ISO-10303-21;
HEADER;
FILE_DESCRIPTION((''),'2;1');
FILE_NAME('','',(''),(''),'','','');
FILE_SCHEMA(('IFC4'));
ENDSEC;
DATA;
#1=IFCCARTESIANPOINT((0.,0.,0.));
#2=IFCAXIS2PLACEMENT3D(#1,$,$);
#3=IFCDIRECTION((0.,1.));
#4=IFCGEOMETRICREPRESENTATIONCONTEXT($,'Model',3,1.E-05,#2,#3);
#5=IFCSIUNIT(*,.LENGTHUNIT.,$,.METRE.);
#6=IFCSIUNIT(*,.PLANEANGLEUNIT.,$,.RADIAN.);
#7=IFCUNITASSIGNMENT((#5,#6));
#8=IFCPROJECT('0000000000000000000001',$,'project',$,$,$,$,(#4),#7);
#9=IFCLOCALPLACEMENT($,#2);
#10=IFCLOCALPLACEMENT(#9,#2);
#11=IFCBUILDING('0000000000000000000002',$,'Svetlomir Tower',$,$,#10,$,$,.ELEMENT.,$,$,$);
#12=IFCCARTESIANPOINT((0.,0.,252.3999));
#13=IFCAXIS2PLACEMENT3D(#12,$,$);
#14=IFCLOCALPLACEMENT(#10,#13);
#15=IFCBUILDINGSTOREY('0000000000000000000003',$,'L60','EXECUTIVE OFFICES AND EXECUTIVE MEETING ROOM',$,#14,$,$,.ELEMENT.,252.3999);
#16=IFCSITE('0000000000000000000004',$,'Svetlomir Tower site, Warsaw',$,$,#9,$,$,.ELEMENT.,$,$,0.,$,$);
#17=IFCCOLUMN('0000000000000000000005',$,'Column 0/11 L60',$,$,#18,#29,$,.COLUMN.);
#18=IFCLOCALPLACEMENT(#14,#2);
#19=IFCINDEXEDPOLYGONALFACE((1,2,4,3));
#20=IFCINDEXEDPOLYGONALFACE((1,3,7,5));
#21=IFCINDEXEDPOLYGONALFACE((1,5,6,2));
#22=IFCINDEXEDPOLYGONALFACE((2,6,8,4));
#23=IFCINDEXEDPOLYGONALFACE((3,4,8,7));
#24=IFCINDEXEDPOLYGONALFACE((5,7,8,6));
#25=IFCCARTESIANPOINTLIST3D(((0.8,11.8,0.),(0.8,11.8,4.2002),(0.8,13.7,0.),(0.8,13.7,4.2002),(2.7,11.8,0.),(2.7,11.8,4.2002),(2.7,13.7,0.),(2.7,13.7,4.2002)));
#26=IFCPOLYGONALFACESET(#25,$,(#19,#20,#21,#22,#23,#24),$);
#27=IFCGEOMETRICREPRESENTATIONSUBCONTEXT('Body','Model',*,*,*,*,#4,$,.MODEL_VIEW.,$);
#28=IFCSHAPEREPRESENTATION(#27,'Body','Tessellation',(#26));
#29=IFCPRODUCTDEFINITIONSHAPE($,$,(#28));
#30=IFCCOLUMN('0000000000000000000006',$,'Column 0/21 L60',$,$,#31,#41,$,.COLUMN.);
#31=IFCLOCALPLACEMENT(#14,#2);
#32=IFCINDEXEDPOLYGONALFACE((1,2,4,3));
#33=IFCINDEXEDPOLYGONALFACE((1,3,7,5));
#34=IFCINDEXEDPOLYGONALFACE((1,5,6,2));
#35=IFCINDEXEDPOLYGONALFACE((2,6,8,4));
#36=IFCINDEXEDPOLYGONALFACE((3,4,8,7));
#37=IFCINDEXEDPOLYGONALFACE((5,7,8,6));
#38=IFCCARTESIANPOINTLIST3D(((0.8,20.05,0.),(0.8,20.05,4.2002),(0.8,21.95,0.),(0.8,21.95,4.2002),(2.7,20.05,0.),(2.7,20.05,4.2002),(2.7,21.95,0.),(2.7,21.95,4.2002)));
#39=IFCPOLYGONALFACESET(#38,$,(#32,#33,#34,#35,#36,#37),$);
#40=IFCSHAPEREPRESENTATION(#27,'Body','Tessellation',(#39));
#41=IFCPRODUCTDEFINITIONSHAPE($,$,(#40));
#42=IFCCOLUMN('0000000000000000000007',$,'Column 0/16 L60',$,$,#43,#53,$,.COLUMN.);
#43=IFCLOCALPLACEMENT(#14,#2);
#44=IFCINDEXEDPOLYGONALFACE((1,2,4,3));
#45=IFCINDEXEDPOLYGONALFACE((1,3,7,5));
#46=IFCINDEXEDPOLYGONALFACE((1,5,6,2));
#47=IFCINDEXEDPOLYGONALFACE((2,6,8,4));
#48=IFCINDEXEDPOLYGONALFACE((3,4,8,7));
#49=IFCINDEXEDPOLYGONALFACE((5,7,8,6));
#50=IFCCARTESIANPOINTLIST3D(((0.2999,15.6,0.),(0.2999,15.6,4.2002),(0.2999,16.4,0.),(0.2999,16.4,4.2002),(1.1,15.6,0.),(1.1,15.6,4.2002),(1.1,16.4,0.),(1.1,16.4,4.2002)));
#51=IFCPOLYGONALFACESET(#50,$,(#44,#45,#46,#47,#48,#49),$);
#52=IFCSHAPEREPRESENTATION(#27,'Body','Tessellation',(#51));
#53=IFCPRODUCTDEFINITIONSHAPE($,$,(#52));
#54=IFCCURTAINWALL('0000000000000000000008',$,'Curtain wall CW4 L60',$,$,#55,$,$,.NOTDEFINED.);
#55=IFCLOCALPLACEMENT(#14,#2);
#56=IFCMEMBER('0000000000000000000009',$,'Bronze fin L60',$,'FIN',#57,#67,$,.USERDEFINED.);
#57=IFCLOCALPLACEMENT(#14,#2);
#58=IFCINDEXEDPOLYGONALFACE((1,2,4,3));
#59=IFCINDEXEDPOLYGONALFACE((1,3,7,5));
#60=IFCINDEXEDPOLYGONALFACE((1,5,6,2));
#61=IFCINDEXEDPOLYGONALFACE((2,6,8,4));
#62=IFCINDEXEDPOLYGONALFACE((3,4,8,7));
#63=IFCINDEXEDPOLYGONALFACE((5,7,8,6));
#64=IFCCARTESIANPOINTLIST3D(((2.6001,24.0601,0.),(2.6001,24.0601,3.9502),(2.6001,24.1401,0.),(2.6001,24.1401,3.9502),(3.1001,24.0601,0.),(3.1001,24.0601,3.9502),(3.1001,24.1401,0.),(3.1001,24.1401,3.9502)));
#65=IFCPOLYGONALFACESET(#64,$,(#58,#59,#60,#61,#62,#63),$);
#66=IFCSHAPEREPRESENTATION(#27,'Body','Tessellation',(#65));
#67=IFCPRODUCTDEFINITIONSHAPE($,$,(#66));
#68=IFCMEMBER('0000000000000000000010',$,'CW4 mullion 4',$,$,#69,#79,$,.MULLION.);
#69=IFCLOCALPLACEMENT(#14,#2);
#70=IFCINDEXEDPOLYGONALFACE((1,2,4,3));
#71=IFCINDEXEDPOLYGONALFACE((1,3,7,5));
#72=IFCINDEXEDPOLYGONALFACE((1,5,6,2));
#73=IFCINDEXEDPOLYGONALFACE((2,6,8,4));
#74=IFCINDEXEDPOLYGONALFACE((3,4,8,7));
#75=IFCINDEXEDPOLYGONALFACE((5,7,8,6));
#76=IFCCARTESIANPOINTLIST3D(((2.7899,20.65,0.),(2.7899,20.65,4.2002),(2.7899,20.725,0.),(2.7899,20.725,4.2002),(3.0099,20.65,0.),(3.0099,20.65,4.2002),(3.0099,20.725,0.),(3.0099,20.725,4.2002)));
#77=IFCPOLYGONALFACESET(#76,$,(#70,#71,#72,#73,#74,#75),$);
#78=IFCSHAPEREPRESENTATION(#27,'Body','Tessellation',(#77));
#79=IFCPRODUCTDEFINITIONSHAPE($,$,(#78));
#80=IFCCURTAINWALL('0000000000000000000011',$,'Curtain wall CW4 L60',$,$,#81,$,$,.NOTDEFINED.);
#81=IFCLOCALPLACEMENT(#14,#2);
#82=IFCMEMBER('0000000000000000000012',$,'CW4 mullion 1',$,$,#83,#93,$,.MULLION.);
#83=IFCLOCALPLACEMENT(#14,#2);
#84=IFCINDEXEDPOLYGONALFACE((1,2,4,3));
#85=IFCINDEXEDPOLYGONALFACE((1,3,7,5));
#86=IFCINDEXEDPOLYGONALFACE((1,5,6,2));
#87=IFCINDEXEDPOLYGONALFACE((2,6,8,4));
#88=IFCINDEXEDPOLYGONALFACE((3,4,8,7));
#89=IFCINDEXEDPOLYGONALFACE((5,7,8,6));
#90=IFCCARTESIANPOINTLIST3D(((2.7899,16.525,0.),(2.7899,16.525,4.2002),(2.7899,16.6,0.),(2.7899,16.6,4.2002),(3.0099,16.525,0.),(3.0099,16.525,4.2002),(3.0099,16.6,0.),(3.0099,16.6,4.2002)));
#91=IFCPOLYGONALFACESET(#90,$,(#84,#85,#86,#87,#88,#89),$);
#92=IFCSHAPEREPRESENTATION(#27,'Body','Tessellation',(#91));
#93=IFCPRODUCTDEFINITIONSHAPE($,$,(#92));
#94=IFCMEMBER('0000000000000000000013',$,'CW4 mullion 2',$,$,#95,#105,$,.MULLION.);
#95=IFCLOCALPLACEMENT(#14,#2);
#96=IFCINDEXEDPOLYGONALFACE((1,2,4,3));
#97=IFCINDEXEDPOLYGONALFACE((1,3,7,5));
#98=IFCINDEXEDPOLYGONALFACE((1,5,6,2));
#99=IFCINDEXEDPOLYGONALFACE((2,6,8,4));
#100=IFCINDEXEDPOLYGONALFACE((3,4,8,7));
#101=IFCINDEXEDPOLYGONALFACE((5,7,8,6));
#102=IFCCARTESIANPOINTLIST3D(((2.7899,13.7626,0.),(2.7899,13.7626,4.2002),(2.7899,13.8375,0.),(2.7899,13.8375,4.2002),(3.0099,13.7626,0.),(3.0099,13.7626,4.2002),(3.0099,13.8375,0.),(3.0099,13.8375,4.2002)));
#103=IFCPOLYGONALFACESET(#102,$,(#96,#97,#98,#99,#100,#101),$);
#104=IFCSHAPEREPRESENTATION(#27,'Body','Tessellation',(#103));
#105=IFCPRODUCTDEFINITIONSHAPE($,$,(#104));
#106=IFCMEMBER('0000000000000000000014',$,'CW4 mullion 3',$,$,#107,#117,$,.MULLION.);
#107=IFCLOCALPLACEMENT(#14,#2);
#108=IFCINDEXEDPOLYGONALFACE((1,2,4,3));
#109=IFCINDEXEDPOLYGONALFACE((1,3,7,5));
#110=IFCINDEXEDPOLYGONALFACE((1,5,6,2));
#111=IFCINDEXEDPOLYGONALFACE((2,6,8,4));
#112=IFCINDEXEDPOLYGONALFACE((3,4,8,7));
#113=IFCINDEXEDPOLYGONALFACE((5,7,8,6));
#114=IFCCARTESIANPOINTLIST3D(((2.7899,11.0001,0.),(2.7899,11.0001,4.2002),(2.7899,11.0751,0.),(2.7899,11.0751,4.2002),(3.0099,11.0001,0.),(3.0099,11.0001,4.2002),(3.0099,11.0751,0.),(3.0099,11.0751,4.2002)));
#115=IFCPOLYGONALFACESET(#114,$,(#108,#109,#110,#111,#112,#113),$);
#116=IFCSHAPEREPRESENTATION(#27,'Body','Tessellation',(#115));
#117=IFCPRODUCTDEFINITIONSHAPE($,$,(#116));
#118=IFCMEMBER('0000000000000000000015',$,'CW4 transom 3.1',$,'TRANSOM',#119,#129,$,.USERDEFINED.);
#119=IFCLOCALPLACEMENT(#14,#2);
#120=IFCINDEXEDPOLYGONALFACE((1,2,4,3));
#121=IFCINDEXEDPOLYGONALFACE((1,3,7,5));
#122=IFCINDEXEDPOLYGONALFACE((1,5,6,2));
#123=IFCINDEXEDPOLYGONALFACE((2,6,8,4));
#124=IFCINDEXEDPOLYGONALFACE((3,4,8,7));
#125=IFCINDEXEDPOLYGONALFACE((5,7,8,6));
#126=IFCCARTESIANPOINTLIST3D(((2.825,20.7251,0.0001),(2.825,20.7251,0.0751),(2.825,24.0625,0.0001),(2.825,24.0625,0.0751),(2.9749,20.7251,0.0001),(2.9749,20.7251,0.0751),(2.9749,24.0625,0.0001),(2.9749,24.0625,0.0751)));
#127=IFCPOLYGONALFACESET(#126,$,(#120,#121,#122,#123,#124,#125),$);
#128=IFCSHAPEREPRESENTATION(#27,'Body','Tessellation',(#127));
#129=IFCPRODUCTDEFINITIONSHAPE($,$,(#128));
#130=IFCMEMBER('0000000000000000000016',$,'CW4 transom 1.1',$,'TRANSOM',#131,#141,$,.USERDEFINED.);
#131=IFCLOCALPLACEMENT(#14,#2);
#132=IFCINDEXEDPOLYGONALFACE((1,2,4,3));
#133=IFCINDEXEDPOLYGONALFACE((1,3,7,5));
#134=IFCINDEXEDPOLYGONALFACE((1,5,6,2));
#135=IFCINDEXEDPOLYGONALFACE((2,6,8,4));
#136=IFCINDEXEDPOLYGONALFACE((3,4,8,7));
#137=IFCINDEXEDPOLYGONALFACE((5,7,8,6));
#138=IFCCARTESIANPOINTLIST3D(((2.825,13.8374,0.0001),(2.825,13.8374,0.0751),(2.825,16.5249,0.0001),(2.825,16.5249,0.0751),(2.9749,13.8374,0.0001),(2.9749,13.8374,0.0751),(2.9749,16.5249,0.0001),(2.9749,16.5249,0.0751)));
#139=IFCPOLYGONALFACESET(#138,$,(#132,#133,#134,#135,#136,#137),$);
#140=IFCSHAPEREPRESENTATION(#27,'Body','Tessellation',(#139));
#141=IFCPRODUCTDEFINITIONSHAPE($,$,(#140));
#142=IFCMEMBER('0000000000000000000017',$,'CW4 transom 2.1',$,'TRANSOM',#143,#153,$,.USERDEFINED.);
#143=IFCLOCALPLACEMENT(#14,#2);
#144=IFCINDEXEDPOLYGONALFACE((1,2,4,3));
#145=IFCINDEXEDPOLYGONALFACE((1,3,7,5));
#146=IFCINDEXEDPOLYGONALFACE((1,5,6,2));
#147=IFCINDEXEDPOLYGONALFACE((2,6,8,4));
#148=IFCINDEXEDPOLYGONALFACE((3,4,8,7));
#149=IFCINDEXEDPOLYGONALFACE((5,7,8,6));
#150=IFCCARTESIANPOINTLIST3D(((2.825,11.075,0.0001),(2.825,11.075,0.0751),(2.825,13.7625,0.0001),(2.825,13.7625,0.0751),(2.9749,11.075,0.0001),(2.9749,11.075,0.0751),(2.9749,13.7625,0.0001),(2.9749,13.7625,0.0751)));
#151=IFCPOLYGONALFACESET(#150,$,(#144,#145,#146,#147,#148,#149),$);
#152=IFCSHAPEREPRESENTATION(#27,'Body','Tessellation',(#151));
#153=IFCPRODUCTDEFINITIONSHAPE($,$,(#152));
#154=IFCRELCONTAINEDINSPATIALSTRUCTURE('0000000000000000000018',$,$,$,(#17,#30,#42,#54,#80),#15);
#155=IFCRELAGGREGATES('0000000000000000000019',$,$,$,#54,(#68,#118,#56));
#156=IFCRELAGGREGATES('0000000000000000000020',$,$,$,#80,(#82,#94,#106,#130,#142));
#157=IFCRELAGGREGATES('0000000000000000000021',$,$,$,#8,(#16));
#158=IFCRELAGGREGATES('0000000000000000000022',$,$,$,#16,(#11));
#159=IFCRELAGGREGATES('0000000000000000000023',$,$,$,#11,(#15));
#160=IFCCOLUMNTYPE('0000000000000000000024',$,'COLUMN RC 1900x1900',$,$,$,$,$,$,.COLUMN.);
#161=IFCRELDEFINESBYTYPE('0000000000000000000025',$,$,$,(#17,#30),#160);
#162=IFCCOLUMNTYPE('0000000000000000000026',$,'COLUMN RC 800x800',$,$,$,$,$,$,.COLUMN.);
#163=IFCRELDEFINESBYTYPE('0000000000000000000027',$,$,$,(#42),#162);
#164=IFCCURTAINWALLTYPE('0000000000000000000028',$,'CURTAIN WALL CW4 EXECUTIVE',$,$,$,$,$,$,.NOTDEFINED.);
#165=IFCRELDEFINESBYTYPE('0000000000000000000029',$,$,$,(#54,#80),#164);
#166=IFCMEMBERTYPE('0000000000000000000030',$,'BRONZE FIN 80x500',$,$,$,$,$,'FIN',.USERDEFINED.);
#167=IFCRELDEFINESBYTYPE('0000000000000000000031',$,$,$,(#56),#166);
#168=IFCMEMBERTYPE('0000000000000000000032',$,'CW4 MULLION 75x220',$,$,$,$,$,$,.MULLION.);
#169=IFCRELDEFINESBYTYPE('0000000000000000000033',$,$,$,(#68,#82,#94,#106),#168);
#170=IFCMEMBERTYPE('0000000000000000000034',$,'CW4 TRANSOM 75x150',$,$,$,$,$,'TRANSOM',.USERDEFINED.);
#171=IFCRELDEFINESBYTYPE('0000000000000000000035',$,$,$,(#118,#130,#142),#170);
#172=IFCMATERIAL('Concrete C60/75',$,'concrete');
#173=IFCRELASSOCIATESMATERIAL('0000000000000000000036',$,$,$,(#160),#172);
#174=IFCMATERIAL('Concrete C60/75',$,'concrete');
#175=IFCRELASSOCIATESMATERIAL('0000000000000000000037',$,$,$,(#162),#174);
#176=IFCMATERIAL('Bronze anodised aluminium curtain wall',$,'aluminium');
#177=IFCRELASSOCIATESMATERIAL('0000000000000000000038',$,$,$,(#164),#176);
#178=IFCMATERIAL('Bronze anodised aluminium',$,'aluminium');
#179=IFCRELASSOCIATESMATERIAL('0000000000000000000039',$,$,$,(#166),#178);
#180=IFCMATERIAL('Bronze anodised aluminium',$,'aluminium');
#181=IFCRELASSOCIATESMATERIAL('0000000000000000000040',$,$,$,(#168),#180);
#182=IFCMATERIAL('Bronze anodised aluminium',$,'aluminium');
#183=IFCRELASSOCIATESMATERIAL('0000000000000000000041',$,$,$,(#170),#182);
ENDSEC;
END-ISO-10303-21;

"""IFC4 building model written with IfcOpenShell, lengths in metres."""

from ifc_helpers import new_model, si_unit, direction, frame, origin, origin_2d, place, context, subcontext, project, spatial, rectangle, extrude, material, material_profile, profile_set, type_object, element, aggregate, save


model = new_model("IFC4")

# Units and contexts
model_context = context("Model", 3, precision=1e-05, world=origin(), true_north=direction((0.0, 1.0)))
body_context = subcontext(model_context, "Body", "Model", "MODEL_VIEW")
ifc_project = project(units=[si_unit("LENGTHUNIT", "METRE"), si_unit("PLANEANGLEUNIT", "RADIAN")], contexts=[model_context])

# Site, building, storey
site_placement = place(None, origin())
site = spatial("IfcSite", under=ifc_project, at=site_placement, Name="Svetlomir Tower site, Warsaw", CompositionType="ELEMENT", RefElevation=0.0)
building_placement = place(site_placement, origin())
building = spatial("IfcBuilding", under=site, at=building_placement, Name="Svetlomir Tower", CompositionType="ELEMENT")
storey_placement = place(building_placement, frame((0.0, 0.0, 252.3999)))
storey = spatial("IfcBuildingStorey", under=building, at=storey_placement, Name="L60", Description="EXECUTIVE OFFICES AND EXECUTIVE MEETING ROOM", CompositionType="ELEMENT", Elevation=252.3999)

# Columns
ifc_material_1 = material(Name="Concrete C60/75", Category="concrete")
ifc_material_profile_1 = material_profile(ifc_material_1, rectangle(XDim=1.8999, YDim=1.8999, at=origin_2d()), Name="RC 1900x1900")
ifc_profile_set_1 = profile_set([ifc_material_profile_1], Name="Concrete C60/75")
column_type_1 = type_object("IfcColumnType", Name="COLUMN RC 1900x1900", PredefinedType="COLUMN", material=ifc_profile_set_1)
for number, where, z_axis, x_axis, name in (
    (1, (1.75, 12.75, 0.0), (0.0, 0.0, 1.0), (1.0, 0.0, 0.0), "Column 0/11 L60"),
    (2, (1.75, 21.0, 0.0), (0.0, 0.0, 1.0), (1.0, 0.0, 0.0), "Column 0/21 L60"),
):
    element("IfcColumn", number, at=place(storey_placement, frame(where, z_axis=z_axis, x_axis=x_axis)), inside=storey, type_object=column_type_1, Name=name, PredefinedType="COLUMN", context=body_context, shape_type="SweptSolid", body=[
        extrude(rectangle(XDim=1.8999, YDim=1.8999, at=origin_2d()), origin(), (0.0, 0.0, 1.0), 4.2002),
    ])
ifc_material_2 = material(Name="Concrete C60/75", Category="concrete")
ifc_material_profile_2 = material_profile(ifc_material_2, rectangle(XDim=0.8, YDim=0.8, at=origin_2d()), Name="RC 800x800")
ifc_profile_set_2 = profile_set([ifc_material_profile_2], Name="Concrete C60/75")
column_type_2 = type_object("IfcColumnType", Name="COLUMN RC 800x800", PredefinedType="COLUMN", material=ifc_profile_set_2)
column_placement = place(storey_placement, frame((0.7, 16.0, 0.0), z_axis=(0.0, 0.0, 1.0), x_axis=(1.0, 0.0, 0.0)))
element("IfcColumn", 3, at=column_placement, inside=storey, type_object=column_type_2, Name="Column 0/16 L60", PredefinedType="COLUMN", context=body_context, shape_type="SweptSolid", body=[
    extrude(rectangle(XDim=0.8, YDim=0.8, at=origin_2d()), origin(), (0.0, 0.0, 1.0), 4.2002),
])

# Curtain walls, members
ifc_material_3 = material(Name="Bronze anodised aluminium curtain wall", Category="aluminium")
curtain_wall_type = type_object("IfcCurtainWallType", Name="CURTAIN WALL CW4 EXECUTIVE", PredefinedType="NOTDEFINED", material=ifc_material_3)
curtain_wall_1_placement = place(storey_placement, origin())
curtain_wall_1 = element("IfcCurtainWall", 4, at=curtain_wall_1_placement, inside=storey, type_object=curtain_wall_type, Name="Curtain wall CW4 L60", PredefinedType="NOTDEFINED")
ifc_material_4 = material(Name="Bronze anodised aluminium", Category="aluminium")
ifc_material_profile_3 = material_profile(ifc_material_4, rectangle(XDim=0.0801, YDim=0.5, at=origin_2d()), Name="FIN 80x500")
ifc_profile_set_3 = profile_set([ifc_material_profile_3], Name="Bronze anodised aluminium 6063-T6")
member_type_1 = type_object("IfcMemberType", Name="BRONZE FIN 80x500", ElementType="FIN", PredefinedType="USERDEFINED", material=ifc_profile_set_3)
member_1_placement = place(storey_placement, frame((2.8501, 24.1001, 0.0), z_axis=(0.0, 0.0, 1.0), x_axis=(0.0, 1.0, 0.0)))
member_1 = element("IfcMember", 5, at=member_1_placement, type_object=member_type_1, Name="Bronze fin L60", ObjectType="FIN", PredefinedType="USERDEFINED", context=body_context, shape_type="SweptSolid", body=[
    extrude(rectangle(XDim=0.0801, YDim=0.5, at=origin_2d()), origin(), (0.0, 0.0, 1.0), 3.9502),
])
ifc_material_5 = material(Name="Bronze anodised aluminium", Category="aluminium")
ifc_material_profile_4 = material_profile(ifc_material_5, rectangle(XDim=0.075, YDim=0.22, at=origin_2d()), Name="AL 75x220")
ifc_profile_set_4 = profile_set([ifc_material_profile_4], Name="Bronze anodised aluminium 6063-T6")
member_type_2 = type_object("IfcMemberType", Name="CW4 MULLION 75x220", PredefinedType="MULLION", material=ifc_profile_set_4)
member_2_placement = place(storey_placement, frame((2.8999, 20.6875, 0.0), z_axis=(0.0, 0.0, 1.0), x_axis=(0.0, -1.0, 0.0)))
member_2 = element("IfcMember", 6, at=member_2_placement, type_object=member_type_2, Name="CW4 mullion 4", PredefinedType="MULLION", context=body_context, shape_type="SweptSolid", body=[
    extrude(rectangle(XDim=0.075, YDim=0.22, at=origin_2d()), origin(), (0.0, 0.0, 1.0), 4.2002),
])
curtain_wall_2_placement = place(storey_placement, origin())
curtain_wall_2 = element("IfcCurtainWall", 7, at=curtain_wall_2_placement, inside=storey, type_object=curtain_wall_type, Name="Curtain wall CW4 L60", PredefinedType="NOTDEFINED")
member_3_placement = place(storey_placement, frame((2.8999, 16.5625, 0.0), z_axis=(0.0, 0.0, 1.0), x_axis=(0.0, -1.0, 0.0)))
member_3 = element("IfcMember", 8, at=member_3_placement, type_object=member_type_2, Name="CW4 mullion 1", PredefinedType="MULLION", context=body_context, shape_type="SweptSolid", body=[
    extrude(rectangle(XDim=0.075, YDim=0.22, at=origin_2d()), origin(), (0.0, 0.0, 1.0), 4.2002),
])
member_4_placement = place(storey_placement, frame((2.8999, 13.8, 0.0), z_axis=(0.0, 0.0, 1.0), x_axis=(0.0, -1.0, 0.0)))
member_4 = element("IfcMember", 9, at=member_4_placement, type_object=member_type_2, Name="CW4 mullion 2", PredefinedType="MULLION", context=body_context, shape_type="SweptSolid", body=[
    extrude(rectangle(XDim=0.075, YDim=0.22, at=origin_2d()), origin(), (0.0, 0.0, 1.0), 4.2002),
])
member_5_placement = place(storey_placement, frame((2.8999, 11.0376, 0.0), z_axis=(0.0, 0.0, 1.0), x_axis=(0.0, -1.0, 0.0)))
member_5 = element("IfcMember", 10, at=member_5_placement, type_object=member_type_2, Name="CW4 mullion 3", PredefinedType="MULLION", context=body_context, shape_type="SweptSolid", body=[
    extrude(rectangle(XDim=0.075, YDim=0.22, at=origin_2d()), origin(), (0.0, 0.0, 1.0), 4.2002),
])

# Members
ifc_material_6 = material(Name="Bronze anodised aluminium", Category="aluminium")
ifc_material_profile_5 = material_profile(ifc_material_6, rectangle(XDim=0.1499, YDim=0.075, at=origin_2d()), Name="AL 150x75")
ifc_profile_set_5 = profile_set([ifc_material_profile_5], Name="Bronze anodised aluminium 6063-T6")
member_type_3 = type_object("IfcMemberType", Name="CW4 TRANSOM 75x150", ElementType="TRANSOM", PredefinedType="USERDEFINED", material=ifc_profile_set_5)
member_6_placement = place(storey_placement, frame((2.8999, 24.0625, 0.0376), z_axis=(0.0, -1.0, 0.0), x_axis=(1.0, 0.0, 0.0)))
member_6 = element("IfcMember", 11, at=member_6_placement, type_object=member_type_3, Name="CW4 transom 3.1", ObjectType="TRANSOM", PredefinedType="USERDEFINED", context=body_context, shape_type="SweptSolid", body=[
    extrude(rectangle(XDim=0.1499, YDim=0.075, at=origin_2d()), origin(), (0.0, 0.0, 1.0), 3.3374),
])
member_7_placement = place(storey_placement, frame((2.8999, 16.5249, 0.0376), z_axis=(0.0, -1.0, 0.0), x_axis=(1.0, 0.0, 0.0)))
member_7 = element("IfcMember", 12, at=member_7_placement, type_object=member_type_3, Name="CW4 transom 1.1", ObjectType="TRANSOM", PredefinedType="USERDEFINED", context=body_context, shape_type="SweptSolid", body=[
    extrude(rectangle(XDim=0.1499, YDim=0.075, at=origin_2d()), origin(), (0.0, 0.0, 1.0), 2.6875),
])
member_8_placement = place(storey_placement, frame((2.8999, 13.7625, 0.0376), z_axis=(0.0, -1.0, 0.0), x_axis=(1.0, 0.0, 0.0)))
member_8 = element("IfcMember", 13, at=member_8_placement, type_object=member_type_3, Name="CW4 transom 2.1", ObjectType="TRANSOM", PredefinedType="USERDEFINED", context=body_context, shape_type="SweptSolid", body=[
    extrude(rectangle(XDim=0.1499, YDim=0.075, at=origin_2d()), origin(), (0.0, 0.0, 1.0), 2.6875),
])

aggregate(curtain_wall_1, [member_2, member_6, member_1])
aggregate(curtain_wall_2, [member_3, member_4, member_5, member_7, member_8])

save(model, "model.ifc")
